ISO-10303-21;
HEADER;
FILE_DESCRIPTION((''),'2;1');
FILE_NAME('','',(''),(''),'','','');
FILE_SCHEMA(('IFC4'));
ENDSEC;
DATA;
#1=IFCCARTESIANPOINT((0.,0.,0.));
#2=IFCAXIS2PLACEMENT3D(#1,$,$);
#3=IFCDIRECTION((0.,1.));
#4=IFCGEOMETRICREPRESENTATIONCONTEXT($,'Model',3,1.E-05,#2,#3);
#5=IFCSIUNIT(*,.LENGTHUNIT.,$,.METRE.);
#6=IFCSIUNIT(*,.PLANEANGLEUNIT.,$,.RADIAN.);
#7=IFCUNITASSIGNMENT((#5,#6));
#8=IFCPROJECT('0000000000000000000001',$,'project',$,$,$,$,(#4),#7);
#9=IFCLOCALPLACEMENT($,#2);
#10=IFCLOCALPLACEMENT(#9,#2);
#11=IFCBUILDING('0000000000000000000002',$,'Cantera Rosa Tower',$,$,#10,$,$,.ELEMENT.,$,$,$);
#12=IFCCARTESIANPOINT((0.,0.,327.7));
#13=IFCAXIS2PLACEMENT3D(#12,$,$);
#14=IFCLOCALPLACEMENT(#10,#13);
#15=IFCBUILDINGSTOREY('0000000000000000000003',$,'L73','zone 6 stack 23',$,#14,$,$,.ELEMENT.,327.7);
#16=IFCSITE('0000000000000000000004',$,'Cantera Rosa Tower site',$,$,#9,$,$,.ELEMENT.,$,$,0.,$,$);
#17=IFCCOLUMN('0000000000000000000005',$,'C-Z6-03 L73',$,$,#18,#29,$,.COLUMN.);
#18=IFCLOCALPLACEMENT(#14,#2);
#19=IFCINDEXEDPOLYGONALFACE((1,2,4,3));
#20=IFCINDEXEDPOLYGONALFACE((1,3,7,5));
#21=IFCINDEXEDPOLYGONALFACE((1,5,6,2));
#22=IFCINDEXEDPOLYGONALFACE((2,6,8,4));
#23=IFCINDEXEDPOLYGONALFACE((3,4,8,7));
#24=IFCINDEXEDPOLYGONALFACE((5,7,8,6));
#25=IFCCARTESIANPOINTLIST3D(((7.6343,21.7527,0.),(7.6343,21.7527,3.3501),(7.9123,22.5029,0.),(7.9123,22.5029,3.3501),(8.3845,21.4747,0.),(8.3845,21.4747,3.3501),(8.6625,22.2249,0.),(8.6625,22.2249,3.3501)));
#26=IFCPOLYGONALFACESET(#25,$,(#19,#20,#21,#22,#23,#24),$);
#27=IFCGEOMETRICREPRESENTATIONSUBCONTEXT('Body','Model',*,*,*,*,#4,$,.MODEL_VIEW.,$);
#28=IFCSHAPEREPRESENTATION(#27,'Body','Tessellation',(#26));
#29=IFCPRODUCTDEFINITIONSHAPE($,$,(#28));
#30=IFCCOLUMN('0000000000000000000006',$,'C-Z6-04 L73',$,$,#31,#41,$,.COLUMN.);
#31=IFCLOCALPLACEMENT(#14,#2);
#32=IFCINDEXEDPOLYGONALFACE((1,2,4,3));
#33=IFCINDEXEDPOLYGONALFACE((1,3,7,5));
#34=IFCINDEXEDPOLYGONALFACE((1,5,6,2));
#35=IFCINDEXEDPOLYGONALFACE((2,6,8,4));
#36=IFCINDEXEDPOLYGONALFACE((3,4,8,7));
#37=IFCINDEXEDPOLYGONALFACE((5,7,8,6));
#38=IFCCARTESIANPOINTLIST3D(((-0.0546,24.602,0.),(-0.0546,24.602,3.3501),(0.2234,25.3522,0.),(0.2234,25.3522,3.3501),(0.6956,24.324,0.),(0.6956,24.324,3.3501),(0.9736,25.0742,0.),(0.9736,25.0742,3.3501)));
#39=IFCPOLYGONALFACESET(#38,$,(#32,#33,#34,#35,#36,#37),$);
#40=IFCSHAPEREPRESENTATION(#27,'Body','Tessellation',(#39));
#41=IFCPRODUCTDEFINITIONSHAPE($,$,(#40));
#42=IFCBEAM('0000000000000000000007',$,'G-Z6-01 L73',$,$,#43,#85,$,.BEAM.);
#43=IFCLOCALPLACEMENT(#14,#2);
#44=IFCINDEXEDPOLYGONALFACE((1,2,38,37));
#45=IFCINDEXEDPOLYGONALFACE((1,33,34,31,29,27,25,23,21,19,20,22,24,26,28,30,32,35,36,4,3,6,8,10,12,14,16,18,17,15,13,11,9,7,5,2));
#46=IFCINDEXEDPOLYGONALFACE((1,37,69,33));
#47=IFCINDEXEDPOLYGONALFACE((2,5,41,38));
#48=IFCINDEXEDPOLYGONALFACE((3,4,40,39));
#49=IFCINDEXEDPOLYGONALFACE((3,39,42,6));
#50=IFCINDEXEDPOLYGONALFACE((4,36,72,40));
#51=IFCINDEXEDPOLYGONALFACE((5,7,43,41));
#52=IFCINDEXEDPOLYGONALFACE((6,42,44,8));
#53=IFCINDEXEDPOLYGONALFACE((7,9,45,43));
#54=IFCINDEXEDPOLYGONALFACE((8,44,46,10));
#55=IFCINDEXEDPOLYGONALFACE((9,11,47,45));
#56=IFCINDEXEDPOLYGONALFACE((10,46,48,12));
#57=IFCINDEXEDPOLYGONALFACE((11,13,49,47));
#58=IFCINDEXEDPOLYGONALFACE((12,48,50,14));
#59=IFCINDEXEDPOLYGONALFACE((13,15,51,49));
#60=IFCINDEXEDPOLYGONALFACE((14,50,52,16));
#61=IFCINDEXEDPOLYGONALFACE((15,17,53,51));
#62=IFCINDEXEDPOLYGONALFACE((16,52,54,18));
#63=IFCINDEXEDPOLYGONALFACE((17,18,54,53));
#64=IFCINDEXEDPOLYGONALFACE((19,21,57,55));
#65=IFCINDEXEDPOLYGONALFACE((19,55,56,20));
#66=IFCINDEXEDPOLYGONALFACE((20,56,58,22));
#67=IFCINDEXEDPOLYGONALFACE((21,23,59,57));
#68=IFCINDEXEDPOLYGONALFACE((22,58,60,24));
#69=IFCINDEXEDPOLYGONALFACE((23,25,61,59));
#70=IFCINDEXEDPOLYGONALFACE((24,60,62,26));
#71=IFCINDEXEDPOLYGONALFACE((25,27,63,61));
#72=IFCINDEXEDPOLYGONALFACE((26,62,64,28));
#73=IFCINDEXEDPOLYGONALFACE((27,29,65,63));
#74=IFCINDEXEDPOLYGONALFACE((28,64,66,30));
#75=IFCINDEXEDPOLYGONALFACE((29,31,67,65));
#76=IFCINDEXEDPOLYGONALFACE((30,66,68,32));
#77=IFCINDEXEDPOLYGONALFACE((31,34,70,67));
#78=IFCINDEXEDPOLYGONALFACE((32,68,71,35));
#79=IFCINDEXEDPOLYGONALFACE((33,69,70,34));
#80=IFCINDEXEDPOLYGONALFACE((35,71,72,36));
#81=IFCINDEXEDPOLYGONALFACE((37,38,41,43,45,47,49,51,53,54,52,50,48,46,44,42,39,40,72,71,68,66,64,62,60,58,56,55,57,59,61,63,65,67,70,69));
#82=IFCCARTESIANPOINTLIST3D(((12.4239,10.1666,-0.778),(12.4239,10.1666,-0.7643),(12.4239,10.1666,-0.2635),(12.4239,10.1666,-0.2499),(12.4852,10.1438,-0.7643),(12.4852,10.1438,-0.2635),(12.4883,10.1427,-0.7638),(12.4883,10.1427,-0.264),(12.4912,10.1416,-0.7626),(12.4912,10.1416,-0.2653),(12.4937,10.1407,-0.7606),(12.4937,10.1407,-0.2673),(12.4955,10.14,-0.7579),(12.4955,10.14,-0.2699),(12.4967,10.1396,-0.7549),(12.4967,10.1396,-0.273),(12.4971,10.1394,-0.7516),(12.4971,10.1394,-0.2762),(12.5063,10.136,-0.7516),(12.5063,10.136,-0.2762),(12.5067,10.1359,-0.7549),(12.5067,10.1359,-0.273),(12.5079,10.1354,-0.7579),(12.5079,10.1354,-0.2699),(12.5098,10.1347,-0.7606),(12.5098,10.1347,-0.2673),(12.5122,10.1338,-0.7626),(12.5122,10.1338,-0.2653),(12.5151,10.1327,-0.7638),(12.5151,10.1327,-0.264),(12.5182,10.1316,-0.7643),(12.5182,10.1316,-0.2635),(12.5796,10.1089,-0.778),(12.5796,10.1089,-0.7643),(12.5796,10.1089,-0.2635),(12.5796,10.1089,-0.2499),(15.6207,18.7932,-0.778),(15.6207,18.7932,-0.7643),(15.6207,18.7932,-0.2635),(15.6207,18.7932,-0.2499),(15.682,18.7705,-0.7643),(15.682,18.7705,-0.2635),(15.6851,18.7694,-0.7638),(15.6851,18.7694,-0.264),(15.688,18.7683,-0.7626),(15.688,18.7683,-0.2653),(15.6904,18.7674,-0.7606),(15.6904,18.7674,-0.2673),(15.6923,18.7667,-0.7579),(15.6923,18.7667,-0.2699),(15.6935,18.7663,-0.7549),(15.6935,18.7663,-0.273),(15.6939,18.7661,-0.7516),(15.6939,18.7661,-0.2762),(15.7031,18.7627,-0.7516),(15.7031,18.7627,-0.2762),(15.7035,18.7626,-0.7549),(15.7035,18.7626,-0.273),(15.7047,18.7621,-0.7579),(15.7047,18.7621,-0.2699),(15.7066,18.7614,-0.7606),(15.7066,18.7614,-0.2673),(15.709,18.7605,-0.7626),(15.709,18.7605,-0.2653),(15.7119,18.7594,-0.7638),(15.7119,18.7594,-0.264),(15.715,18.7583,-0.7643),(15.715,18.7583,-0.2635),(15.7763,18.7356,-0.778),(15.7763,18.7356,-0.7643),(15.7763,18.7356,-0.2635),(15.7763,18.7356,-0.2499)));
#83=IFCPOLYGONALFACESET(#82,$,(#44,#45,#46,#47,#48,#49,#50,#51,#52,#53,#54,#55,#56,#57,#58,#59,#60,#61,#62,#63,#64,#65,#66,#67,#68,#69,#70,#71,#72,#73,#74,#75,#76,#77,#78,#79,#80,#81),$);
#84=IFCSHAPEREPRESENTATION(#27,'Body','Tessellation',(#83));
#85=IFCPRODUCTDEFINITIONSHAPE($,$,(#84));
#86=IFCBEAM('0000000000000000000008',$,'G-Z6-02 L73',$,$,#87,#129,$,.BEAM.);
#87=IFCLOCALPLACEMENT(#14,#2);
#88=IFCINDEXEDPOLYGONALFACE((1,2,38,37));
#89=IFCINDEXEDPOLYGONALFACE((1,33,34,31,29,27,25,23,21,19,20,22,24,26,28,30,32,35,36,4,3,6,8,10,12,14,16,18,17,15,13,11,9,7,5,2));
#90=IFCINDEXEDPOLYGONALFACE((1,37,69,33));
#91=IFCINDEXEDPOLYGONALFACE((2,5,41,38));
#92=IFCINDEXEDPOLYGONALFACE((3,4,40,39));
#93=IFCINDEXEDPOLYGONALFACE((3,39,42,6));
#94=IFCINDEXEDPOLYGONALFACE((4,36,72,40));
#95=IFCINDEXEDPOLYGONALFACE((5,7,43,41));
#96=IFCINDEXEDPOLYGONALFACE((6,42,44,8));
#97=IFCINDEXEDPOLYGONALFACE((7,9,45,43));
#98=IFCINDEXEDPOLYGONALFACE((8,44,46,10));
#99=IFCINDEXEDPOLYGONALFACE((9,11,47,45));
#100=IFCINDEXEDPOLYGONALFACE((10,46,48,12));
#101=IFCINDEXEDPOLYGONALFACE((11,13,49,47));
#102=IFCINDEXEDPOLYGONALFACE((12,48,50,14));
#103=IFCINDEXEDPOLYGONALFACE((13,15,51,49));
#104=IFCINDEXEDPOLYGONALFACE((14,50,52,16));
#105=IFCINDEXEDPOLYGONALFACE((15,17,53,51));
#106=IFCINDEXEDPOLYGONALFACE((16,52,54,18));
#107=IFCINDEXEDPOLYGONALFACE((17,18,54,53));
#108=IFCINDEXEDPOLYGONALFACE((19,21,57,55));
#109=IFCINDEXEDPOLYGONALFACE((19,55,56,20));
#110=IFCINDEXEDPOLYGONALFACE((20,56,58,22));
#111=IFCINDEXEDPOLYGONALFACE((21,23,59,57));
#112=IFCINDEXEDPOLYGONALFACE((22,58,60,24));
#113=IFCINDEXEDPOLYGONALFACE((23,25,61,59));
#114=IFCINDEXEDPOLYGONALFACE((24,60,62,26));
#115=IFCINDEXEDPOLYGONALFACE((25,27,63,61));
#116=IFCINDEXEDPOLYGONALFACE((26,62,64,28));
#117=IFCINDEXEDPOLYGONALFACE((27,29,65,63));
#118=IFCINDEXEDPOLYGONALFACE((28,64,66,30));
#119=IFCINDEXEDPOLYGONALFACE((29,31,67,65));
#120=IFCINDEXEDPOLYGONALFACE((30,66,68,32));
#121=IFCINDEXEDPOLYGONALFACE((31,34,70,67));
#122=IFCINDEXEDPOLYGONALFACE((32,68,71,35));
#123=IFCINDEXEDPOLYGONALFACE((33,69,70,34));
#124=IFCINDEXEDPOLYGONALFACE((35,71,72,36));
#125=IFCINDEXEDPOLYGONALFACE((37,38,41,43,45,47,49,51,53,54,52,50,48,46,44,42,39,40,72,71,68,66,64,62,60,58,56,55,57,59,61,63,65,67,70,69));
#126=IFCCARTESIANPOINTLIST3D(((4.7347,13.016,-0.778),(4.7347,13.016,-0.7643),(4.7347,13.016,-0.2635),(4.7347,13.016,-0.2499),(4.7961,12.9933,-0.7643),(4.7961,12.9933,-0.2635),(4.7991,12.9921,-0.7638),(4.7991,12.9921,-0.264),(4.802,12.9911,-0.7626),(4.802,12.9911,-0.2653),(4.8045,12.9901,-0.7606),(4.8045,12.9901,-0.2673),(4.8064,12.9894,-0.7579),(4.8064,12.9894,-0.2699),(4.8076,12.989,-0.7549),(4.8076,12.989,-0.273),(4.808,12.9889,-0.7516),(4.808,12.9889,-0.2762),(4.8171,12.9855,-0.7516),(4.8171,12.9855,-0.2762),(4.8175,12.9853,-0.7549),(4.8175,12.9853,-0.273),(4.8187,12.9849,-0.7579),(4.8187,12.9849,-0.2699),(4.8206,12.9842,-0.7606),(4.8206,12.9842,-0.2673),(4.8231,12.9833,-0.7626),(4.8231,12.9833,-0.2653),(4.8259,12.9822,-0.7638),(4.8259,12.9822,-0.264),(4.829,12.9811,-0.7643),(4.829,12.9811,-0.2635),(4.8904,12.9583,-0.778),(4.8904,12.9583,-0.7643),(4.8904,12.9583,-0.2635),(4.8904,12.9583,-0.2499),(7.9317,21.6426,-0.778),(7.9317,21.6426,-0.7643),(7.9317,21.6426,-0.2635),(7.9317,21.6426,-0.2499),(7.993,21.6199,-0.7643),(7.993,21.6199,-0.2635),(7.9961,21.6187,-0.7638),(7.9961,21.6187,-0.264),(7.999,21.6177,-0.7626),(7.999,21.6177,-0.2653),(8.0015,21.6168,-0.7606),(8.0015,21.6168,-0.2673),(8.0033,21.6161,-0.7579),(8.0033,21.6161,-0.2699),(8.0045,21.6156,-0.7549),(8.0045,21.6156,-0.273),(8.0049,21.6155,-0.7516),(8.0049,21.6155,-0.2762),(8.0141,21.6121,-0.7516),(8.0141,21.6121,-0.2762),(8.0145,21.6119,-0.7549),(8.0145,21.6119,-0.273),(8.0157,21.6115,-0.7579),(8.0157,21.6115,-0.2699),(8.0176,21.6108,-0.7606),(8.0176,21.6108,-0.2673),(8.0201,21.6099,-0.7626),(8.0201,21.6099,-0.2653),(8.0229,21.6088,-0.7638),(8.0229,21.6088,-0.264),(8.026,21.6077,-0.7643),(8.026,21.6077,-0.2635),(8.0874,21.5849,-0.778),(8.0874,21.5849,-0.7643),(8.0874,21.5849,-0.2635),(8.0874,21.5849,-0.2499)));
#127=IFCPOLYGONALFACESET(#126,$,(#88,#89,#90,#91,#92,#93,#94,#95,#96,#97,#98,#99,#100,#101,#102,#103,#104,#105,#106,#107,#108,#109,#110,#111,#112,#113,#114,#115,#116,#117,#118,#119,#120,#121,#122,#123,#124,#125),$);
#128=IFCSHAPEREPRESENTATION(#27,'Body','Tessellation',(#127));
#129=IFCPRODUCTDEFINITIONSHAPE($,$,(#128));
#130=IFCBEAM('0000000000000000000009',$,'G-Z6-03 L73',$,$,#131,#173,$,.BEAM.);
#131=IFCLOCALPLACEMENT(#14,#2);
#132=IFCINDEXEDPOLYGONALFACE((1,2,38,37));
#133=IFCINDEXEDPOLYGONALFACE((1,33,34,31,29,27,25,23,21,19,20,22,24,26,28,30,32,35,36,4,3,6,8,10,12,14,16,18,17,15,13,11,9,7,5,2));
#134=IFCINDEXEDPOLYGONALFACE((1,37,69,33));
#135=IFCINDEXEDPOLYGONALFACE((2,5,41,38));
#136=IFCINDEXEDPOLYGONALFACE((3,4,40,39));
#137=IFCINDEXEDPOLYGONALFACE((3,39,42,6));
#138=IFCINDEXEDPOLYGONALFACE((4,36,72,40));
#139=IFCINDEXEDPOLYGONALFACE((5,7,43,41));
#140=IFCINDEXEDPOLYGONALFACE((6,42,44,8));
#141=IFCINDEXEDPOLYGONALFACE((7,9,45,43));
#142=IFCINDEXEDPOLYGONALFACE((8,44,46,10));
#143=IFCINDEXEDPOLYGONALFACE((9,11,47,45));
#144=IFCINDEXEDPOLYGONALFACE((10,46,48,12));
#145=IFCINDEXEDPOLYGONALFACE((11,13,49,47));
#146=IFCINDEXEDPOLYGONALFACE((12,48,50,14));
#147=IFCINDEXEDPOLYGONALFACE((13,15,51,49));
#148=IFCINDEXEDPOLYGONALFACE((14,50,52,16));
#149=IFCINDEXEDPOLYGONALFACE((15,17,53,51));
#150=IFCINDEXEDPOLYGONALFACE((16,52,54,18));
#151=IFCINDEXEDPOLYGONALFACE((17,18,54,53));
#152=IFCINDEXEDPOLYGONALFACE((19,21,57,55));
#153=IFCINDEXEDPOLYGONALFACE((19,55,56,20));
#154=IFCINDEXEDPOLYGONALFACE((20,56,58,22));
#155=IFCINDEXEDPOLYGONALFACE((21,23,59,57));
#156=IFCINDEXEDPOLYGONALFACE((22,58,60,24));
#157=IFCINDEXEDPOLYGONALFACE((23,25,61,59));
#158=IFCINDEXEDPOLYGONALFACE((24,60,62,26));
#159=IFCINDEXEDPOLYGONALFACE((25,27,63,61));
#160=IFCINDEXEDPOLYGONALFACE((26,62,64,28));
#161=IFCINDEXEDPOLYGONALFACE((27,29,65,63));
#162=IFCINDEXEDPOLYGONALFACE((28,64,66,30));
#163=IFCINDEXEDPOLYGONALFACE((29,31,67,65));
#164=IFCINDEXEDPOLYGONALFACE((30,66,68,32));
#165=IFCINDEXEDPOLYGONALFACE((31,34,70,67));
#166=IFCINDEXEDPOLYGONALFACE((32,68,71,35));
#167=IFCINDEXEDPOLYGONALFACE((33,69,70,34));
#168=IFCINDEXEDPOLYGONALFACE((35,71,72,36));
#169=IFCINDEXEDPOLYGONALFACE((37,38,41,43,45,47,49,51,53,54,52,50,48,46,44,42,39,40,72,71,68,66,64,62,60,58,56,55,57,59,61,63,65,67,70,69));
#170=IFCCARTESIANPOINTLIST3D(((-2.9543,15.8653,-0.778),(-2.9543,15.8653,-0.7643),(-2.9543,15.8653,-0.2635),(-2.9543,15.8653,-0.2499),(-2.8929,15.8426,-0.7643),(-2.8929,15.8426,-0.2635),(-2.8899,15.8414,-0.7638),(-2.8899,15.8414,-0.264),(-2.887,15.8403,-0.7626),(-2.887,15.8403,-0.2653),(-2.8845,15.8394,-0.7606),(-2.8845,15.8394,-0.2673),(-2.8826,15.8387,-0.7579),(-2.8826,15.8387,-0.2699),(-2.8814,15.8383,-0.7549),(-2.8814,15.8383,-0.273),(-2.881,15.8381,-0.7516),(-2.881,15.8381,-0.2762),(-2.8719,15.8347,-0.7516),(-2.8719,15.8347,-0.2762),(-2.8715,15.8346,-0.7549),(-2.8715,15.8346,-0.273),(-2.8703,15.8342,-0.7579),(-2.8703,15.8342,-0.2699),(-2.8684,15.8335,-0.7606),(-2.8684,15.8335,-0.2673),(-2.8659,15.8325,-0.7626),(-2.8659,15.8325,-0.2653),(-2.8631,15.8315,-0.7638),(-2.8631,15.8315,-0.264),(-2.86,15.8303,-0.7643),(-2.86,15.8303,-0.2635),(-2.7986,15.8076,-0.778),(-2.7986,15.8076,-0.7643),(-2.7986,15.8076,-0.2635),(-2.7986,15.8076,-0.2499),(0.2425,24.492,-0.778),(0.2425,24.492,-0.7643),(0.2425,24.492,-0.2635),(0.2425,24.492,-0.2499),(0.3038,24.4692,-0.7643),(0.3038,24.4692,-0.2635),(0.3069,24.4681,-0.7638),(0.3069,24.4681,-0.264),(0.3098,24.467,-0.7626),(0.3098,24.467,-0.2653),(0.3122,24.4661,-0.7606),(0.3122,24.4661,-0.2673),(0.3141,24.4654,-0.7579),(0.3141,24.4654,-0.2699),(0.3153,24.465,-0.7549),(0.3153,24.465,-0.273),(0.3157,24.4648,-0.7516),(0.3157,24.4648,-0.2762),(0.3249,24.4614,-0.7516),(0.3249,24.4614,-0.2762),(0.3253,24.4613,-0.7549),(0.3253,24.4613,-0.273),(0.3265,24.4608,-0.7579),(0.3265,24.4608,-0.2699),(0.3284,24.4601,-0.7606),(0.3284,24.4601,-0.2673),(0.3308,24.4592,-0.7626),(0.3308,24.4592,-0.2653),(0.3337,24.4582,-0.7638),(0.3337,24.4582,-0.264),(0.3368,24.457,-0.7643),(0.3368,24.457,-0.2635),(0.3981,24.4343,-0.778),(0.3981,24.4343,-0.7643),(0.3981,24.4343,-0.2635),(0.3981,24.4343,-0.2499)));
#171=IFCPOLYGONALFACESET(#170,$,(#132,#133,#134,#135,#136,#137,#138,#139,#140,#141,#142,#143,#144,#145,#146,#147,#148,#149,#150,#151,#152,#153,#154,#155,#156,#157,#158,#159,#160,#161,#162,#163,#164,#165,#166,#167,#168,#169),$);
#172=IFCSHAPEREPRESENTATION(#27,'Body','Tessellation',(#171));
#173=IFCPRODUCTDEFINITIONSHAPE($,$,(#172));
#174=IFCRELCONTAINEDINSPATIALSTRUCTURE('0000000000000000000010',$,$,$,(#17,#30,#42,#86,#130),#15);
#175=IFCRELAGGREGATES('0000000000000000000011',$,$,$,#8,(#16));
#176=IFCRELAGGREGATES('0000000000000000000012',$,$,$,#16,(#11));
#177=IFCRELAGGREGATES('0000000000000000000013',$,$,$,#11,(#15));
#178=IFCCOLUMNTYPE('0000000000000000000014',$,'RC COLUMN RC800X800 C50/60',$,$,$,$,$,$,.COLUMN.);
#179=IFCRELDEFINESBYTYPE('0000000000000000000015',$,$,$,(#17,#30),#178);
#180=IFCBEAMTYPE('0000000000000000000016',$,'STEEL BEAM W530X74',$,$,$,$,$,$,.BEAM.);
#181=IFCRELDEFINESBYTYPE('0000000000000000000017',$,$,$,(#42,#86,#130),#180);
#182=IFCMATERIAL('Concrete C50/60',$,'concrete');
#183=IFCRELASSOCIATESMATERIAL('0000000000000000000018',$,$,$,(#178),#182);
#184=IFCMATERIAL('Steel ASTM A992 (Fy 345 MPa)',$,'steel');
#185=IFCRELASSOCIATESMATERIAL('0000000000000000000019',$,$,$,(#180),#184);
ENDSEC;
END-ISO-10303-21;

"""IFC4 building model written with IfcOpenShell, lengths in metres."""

from ifc_helpers import new_model, si_unit, direction, frame, origin, origin_2d, place, context, subcontext, project, spatial, rectangle, i_section, extrude, material, material_profile, profile_set, type_object, element, save


model = new_model("IFC4")

# Units and contexts
model_context = context("Model", 3, precision=1e-05, world=origin(), true_north=direction((0.0, 1.0)))
body_context = subcontext(model_context, "Body", "Model", "MODEL_VIEW")
ifc_project = project(units=[si_unit("LENGTHUNIT", "METRE"), si_unit("PLANEANGLEUNIT", "RADIAN")], contexts=[model_context])

# Site, building, storey
site_placement = place(None, origin())
site = spatial("IfcSite", under=ifc_project, at=site_placement, Name="Cantera Rosa Tower site", CompositionType="ELEMENT", RefElevation=0.0)
building_placement = place(site_placement, origin())
building = spatial("IfcBuilding", under=site, at=building_placement, Name="Cantera Rosa Tower", CompositionType="ELEMENT")
storey_placement = place(building_placement, frame((0.0, 0.0, 327.7)))
storey = spatial("IfcBuildingStorey", under=building, at=storey_placement, Name="L73", Description="zone 6 stack 23", CompositionType="ELEMENT", Elevation=327.7)

# Columns
ifc_material_1 = material(Name="Concrete C50/60", Category="concrete")
ifc_material_profile_1 = material_profile(ifc_material_1, rectangle(XDim=0.8, YDim=0.8, at=origin_2d()), Name="RC COLUMN RC800X800 C50/60")
ifc_profile_set_1 = profile_set([ifc_material_profile_1], Name="Concrete C50/60")
column_type = type_object("IfcColumnType", Name="RC COLUMN RC800X800 C50/60", PredefinedType="COLUMN", material=ifc_profile_set_1)
for number, where, z_axis, x_axis, name in (
    (1, (8.1484, 21.9888, 0.0), (0.0, 0.0, 1.0), (0.347481, 0.937687, 0.0), "C-Z6-03 L73"),
    (2, (0.4595, 24.8381, 0.0), (0.0, 0.0, 1.0), (0.347481, 0.937687, 0.0), "C-Z6-04 L73"),
):
    element("IfcColumn", number, at=place(storey_placement, frame(where, z_axis=z_axis, x_axis=x_axis)), inside=storey, type_object=column_type, Name=name, PredefinedType="COLUMN", context=body_context, shape_type="SweptSolid", body=[
        extrude(rectangle(XDim=0.8, YDim=0.8, at=origin_2d()), origin(), (0.0, 0.0, 1.0), 3.3501),
    ])

# Beams
ifc_material_2 = material(Name="Steel ASTM A992 (Fy 345 MPa)", Category="steel")
ifc_material_profile_2 = material_profile(ifc_material_2, i_section(OverallWidth=0.166, OverallDepth=0.5281, WebThickness=0.0098, FlangeThickness=0.0137, FilletRadius=0.0127, at=origin_2d()), Name="W530X74")
ifc_profile_set_2 = profile_set([ifc_material_profile_2], Name="Steel ASTM A992 (Fy 345 MPa)")
beam_type_1 = type_object("IfcBeamType", Name="STEEL BEAM W530X74", PredefinedType="BEAM", material=ifc_profile_set_2)
for number, where, z_axis, x_axis, name in (
    (3, (15.6985, 18.7644, -0.5139), (-0.347477, -0.937689, 0.0), (0.937689, -0.347477, 0.0), "G-Z6-01 L73"),
    (4, (8.0095, 21.6138, -0.5139), (-0.3475, -0.93768, 0.0), (0.93768, -0.3475, 0.0), "G-Z6-02 L73"),
    (5, (0.3203, 24.4631, -0.5139), (-0.347477, -0.937689, 0.0), (0.937689, -0.347477, 0.0), "G-Z6-03 L73"),
):
    element("IfcBeam", number, at=place(storey_placement, frame(where, z_axis=z_axis, x_axis=x_axis)), inside=storey, type_object=beam_type_1, Name=name, PredefinedType="BEAM", context=body_context, shape_type="SweptSolid", body=[
        extrude(i_section(OverallWidth=0.166, OverallDepth=0.5281, WebThickness=0.0098, FlangeThickness=0.0137, FilletRadius=0.0127, at=origin_2d()), origin(), (0.0, 0.0, 1.0), 9.2),
    ])

save(model, "model.ifc")
